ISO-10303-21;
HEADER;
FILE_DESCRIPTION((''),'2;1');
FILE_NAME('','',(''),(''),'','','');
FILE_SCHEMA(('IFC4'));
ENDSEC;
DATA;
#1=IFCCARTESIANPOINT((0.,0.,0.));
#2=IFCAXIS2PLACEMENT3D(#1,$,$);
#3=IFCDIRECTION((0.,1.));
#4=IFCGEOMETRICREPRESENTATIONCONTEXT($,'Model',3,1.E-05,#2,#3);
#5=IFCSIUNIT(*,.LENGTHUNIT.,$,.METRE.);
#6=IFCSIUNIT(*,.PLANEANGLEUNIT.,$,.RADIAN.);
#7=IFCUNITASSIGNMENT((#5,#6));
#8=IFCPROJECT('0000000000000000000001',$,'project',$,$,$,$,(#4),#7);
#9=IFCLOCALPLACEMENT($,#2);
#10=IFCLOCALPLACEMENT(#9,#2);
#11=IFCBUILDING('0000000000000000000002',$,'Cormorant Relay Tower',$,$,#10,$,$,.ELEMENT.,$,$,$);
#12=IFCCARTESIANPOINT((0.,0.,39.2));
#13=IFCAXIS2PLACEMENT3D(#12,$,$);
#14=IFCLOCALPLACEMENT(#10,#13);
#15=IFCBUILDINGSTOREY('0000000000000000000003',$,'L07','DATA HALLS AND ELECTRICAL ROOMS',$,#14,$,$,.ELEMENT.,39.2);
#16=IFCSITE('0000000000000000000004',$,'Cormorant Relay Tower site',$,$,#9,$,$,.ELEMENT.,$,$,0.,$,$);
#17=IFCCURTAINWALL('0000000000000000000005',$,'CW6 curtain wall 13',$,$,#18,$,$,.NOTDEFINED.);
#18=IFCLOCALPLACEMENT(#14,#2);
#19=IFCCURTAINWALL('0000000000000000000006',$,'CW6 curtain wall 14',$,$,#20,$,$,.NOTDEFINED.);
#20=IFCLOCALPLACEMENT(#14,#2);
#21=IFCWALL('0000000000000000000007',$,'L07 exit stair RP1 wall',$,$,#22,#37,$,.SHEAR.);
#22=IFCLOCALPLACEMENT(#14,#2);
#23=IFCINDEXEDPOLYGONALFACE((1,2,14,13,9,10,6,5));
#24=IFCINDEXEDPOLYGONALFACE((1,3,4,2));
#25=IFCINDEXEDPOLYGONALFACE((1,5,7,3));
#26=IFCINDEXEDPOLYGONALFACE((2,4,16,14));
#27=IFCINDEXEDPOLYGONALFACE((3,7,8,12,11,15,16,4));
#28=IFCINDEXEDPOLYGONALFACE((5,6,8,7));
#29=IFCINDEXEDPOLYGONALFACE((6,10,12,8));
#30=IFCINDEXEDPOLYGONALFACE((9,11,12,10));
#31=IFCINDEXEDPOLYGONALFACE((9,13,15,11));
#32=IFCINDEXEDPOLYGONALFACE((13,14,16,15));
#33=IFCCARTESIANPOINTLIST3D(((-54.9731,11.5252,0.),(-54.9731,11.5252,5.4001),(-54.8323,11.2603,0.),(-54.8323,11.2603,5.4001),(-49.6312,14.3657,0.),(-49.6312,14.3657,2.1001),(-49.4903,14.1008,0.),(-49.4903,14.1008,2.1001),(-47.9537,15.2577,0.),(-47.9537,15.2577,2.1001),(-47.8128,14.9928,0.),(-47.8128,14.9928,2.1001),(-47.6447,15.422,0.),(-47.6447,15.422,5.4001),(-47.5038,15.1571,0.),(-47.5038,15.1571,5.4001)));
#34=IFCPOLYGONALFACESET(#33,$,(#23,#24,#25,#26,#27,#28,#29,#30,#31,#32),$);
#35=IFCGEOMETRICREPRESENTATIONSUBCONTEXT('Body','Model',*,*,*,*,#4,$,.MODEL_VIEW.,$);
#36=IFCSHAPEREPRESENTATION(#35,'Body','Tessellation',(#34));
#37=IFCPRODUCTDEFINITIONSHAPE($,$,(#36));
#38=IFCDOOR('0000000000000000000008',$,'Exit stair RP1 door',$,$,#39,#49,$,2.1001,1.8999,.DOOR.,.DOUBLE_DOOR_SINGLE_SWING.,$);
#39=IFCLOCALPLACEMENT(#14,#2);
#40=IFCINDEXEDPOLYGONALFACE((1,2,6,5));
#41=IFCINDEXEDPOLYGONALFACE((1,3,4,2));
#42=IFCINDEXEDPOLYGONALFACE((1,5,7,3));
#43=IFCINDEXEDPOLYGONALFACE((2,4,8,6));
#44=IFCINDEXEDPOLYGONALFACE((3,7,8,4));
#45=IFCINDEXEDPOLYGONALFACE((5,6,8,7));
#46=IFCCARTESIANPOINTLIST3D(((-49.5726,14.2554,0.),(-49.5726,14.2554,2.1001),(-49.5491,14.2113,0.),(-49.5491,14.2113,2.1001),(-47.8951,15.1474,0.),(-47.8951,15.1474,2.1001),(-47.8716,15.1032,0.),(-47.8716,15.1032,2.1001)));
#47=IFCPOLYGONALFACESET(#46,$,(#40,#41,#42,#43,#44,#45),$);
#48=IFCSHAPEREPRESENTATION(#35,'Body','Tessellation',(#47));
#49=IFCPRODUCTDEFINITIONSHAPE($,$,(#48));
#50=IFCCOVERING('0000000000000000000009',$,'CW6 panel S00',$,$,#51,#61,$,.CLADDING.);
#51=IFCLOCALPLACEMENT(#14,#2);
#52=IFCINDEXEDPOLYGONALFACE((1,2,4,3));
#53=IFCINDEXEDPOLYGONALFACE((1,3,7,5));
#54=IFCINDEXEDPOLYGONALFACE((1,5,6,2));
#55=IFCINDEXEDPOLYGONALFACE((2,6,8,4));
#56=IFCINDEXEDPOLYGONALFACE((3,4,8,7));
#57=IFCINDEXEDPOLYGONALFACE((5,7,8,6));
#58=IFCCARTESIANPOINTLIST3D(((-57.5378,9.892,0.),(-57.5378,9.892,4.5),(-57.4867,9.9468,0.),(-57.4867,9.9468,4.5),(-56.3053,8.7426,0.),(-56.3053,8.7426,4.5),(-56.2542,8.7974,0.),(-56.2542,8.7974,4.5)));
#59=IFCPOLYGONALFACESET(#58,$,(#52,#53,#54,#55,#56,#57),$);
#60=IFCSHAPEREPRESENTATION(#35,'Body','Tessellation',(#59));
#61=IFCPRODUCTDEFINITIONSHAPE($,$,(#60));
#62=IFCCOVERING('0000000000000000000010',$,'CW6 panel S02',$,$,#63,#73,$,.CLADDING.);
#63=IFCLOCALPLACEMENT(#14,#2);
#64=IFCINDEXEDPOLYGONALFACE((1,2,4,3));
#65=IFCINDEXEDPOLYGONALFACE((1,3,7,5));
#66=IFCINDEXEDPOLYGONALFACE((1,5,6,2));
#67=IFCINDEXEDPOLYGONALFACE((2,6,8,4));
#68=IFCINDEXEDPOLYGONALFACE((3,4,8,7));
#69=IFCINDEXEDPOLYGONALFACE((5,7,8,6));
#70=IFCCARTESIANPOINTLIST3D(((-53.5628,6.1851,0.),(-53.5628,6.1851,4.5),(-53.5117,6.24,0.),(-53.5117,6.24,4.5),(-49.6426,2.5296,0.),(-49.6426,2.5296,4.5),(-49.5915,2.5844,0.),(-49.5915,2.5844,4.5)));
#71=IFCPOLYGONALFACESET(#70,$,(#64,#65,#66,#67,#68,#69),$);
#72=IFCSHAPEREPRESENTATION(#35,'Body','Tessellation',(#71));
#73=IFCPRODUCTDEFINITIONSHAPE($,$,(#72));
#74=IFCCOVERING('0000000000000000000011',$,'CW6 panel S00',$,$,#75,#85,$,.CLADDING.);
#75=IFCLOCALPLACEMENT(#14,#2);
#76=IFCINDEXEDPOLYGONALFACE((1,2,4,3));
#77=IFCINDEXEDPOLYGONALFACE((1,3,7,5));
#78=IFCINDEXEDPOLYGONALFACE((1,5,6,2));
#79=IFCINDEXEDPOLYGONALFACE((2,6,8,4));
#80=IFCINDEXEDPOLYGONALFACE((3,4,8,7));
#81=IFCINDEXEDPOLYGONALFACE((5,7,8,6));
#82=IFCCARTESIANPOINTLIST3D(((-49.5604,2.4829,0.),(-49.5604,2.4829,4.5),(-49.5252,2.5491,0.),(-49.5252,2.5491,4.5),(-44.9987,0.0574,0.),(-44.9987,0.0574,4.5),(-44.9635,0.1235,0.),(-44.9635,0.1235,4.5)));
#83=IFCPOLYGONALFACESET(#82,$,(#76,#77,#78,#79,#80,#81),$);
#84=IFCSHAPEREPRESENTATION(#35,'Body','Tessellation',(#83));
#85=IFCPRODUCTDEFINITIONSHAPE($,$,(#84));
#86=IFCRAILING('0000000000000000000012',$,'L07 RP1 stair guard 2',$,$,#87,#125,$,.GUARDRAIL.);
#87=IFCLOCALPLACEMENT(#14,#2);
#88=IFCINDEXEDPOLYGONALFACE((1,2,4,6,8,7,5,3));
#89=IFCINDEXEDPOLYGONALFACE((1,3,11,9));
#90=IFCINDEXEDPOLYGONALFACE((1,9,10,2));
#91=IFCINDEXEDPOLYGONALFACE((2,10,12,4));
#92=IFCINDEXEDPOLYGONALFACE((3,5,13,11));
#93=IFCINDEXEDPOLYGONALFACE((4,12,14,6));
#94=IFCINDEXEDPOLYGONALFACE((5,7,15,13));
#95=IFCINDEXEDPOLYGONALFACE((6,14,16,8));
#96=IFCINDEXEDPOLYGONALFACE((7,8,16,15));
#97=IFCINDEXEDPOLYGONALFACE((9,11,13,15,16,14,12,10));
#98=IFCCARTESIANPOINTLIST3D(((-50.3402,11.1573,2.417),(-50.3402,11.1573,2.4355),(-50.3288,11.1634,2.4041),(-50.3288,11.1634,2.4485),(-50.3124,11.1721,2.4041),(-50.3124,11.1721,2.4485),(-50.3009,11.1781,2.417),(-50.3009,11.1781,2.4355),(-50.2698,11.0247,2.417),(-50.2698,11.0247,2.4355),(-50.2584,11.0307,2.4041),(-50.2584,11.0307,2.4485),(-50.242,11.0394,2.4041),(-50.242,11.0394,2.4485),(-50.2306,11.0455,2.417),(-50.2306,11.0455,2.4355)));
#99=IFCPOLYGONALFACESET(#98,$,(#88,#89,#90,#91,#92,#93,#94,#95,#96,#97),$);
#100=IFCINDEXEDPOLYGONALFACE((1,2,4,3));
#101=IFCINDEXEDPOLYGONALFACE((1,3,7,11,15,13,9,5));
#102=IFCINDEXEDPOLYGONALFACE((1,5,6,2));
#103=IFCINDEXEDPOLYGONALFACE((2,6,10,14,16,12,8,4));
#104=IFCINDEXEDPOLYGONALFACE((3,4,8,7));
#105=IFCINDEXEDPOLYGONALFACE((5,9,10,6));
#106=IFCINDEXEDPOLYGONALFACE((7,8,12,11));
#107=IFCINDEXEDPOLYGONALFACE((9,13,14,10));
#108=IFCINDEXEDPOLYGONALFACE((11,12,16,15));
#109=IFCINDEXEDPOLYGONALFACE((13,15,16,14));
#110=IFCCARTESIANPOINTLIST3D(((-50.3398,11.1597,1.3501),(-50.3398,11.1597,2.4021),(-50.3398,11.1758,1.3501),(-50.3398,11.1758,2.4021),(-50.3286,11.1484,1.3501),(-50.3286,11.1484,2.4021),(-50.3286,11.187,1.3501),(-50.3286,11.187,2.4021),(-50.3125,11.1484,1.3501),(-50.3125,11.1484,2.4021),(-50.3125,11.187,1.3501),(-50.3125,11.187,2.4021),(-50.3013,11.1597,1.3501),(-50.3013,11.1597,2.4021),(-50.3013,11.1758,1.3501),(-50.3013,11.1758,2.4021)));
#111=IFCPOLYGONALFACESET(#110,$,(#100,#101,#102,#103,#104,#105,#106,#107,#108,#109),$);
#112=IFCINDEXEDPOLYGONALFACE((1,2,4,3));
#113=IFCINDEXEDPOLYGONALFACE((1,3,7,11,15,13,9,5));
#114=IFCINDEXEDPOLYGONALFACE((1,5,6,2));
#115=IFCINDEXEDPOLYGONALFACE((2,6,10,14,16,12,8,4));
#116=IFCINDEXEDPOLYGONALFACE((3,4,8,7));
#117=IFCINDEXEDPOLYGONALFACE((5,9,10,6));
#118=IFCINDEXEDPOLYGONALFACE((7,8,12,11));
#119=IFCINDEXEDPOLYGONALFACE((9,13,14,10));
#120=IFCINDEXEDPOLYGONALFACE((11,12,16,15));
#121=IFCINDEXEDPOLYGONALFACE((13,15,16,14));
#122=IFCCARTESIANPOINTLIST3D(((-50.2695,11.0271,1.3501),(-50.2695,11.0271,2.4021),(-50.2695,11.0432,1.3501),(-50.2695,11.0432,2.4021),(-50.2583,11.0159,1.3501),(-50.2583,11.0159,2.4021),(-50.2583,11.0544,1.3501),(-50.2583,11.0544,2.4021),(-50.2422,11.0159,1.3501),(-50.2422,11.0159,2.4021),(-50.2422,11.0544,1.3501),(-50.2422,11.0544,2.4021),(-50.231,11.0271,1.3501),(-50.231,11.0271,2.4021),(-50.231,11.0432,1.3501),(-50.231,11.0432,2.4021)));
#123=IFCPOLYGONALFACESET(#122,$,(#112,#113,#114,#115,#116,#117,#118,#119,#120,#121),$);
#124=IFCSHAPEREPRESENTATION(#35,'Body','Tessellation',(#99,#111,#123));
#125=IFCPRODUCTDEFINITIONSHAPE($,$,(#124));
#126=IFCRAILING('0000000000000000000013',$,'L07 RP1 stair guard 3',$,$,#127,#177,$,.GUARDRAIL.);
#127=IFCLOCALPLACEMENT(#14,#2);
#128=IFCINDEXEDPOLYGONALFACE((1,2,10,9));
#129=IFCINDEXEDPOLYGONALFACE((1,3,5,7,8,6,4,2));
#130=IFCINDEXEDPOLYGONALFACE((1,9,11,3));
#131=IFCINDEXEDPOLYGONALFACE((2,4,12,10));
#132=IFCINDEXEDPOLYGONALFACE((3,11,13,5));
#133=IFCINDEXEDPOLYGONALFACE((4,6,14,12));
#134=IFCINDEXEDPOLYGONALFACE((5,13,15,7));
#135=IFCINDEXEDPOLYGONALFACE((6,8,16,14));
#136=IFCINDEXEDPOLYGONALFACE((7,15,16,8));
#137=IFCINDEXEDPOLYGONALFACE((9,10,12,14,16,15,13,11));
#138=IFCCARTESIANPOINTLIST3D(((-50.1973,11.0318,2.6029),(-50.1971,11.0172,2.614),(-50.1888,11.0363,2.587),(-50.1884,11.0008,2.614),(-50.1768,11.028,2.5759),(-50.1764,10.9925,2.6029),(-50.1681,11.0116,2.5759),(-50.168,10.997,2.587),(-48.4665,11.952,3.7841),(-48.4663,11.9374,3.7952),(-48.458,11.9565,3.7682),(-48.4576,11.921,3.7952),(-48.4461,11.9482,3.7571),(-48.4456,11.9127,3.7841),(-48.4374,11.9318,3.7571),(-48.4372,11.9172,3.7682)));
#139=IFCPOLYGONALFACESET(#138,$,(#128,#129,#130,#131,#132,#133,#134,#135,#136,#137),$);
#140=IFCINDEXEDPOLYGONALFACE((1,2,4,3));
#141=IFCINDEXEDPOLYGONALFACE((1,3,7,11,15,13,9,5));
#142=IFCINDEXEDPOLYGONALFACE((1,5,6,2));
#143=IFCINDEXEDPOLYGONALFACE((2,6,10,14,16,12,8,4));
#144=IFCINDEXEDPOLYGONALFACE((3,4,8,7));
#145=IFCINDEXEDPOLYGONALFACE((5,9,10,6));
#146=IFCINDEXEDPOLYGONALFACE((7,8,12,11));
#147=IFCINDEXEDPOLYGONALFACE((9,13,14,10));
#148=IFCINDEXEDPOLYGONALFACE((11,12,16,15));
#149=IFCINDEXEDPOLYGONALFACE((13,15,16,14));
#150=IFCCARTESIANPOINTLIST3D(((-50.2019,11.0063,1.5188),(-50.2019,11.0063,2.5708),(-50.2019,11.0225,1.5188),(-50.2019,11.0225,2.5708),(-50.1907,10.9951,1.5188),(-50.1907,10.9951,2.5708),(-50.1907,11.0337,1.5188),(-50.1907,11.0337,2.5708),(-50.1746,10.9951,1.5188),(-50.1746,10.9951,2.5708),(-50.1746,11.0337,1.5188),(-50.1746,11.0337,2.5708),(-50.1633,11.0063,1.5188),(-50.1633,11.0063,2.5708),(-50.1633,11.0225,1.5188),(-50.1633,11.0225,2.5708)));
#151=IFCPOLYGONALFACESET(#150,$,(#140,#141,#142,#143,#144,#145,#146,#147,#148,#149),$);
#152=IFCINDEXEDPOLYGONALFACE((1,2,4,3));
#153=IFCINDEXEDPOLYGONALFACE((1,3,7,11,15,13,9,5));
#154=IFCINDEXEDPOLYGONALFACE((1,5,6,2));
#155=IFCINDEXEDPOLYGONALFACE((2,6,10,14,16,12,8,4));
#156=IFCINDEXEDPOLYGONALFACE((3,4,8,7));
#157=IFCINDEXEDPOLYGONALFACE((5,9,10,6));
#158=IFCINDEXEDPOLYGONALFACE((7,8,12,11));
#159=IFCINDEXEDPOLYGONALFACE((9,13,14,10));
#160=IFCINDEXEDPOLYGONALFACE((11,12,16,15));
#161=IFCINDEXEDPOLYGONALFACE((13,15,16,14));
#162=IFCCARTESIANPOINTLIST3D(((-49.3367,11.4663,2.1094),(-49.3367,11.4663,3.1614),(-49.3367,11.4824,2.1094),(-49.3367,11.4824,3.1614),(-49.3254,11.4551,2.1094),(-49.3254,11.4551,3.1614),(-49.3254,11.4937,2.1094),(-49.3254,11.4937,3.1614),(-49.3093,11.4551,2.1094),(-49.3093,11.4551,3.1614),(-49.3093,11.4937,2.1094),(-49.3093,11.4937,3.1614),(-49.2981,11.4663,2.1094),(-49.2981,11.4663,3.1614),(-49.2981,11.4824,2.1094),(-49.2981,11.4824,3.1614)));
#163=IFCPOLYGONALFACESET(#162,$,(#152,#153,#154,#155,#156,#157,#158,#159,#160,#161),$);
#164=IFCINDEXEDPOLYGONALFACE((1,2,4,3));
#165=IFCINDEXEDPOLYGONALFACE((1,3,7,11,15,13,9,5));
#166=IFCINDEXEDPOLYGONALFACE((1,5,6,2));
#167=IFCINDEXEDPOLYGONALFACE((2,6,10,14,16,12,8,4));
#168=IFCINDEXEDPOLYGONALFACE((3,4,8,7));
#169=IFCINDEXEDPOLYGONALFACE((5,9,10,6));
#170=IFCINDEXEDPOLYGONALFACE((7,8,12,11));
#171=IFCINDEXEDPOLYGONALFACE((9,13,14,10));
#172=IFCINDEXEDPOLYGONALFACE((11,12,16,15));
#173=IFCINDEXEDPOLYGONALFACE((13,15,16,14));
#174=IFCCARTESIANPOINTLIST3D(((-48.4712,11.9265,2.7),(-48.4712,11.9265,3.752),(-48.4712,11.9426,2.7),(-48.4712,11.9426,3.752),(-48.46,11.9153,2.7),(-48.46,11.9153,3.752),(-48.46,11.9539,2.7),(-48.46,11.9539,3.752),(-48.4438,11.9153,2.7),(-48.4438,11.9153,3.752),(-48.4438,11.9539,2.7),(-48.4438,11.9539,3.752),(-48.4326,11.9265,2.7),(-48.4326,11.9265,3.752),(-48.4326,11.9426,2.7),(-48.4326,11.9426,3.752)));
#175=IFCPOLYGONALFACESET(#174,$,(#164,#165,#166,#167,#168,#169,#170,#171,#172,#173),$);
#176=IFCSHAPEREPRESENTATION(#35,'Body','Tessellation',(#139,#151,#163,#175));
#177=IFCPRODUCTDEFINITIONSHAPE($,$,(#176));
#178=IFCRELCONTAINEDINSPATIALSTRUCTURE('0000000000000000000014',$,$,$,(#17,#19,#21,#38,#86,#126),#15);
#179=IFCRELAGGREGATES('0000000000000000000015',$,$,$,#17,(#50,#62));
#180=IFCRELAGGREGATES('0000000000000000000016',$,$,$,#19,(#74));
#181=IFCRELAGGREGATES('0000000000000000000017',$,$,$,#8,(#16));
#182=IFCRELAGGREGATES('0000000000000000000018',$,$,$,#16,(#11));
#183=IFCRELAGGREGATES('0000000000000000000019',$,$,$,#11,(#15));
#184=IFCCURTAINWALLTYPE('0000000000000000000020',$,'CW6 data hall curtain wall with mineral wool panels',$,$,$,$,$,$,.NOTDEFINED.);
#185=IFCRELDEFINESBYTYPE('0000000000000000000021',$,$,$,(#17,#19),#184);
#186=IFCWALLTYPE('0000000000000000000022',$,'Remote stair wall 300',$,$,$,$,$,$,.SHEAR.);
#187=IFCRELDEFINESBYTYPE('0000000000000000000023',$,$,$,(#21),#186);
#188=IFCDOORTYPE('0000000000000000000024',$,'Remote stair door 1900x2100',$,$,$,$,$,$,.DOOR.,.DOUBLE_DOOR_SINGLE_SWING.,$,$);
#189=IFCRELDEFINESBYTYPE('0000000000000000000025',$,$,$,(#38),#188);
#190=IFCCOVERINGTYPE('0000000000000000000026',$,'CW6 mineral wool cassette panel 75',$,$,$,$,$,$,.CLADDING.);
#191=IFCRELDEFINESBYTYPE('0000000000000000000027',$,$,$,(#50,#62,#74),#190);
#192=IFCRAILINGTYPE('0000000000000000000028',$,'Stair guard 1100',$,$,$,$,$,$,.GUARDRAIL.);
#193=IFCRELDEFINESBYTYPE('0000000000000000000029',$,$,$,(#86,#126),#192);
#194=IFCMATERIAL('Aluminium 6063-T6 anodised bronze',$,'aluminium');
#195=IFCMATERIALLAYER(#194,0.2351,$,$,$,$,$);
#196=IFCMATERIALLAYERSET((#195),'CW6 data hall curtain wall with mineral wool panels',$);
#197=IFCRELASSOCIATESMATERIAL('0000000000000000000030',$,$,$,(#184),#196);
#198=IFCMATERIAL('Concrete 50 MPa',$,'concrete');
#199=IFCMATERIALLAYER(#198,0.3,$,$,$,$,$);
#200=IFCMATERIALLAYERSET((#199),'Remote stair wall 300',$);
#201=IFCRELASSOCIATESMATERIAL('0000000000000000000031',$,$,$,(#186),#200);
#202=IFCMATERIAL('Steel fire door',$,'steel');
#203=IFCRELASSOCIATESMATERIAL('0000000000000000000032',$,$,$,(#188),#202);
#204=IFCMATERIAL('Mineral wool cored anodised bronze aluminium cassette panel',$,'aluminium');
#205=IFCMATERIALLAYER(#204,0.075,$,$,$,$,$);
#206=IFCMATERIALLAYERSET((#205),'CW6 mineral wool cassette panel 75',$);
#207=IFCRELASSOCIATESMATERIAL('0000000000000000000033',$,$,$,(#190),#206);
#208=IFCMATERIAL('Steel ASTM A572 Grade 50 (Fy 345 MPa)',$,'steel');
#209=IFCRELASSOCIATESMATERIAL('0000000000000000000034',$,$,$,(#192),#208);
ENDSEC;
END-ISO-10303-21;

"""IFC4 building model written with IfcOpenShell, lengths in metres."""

from ifc_helpers import new_model, si_unit, direction, frame, frame_2d, origin, origin_2d, place, context, subcontext, project, spatial, polyline, rectangle, outline, extrude, material, layer, layer_set, type_object, element, fill, aggregate, save


model = new_model("IFC4")

# Units and contexts
model_context = context("Model", 3, precision=1e-05, world=origin(), true_north=direction((0.0, 1.0)))
body_context = subcontext(model_context, "Body", "Model", "MODEL_VIEW")
ifc_project = project(units=[si_unit("LENGTHUNIT", "METRE"), si_unit("PLANEANGLEUNIT", "RADIAN")], contexts=[model_context])

# Site, building, storey
site_placement = place(None, origin())
site = spatial("IfcSite", under=ifc_project, at=site_placement, Name="Cormorant Relay Tower site", CompositionType="ELEMENT", RefElevation=0.0)
building_placement = place(site_placement, origin())
building = spatial("IfcBuilding", under=site, at=building_placement, Name="Cormorant Relay Tower", CompositionType="ELEMENT")
storey_placement = place(building_placement, frame((0.0, 0.0, 39.2)))
storey = spatial("IfcBuildingStorey", under=building, at=storey_placement, Name="L07", Description="DATA HALLS AND ELECTRICAL ROOMS", CompositionType="ELEMENT", Elevation=39.2)

# Curtain walls
ifc_material_1 = material(Name="Aluminium 6063-T6 anodised bronze", Category="aluminium")
ifc_layer_1 = layer(ifc_material_1, 0.2351)
ifc_layer_set_1 = layer_set([ifc_layer_1], Name="CW6 data hall curtain wall with mineral wool panels")
curtain_wall_type = type_object("IfcCurtainWallType", Name="CW6 data hall curtain wall with mineral wool panels", PredefinedType="NOTDEFINED", material=ifc_layer_set_1)
curtain_wall_1_placement = place(storey_placement, origin())
curtain_wall_1 = element("IfcCurtainWall", 1, at=curtain_wall_1_placement, inside=storey, type_object=curtain_wall_type, Name="CW6 curtain wall 13", PredefinedType="NOTDEFINED")
curtain_wall_2_placement = place(storey_placement, origin())
curtain_wall_2 = element("IfcCurtainWall", 2, at=curtain_wall_2_placement, inside=storey, type_object=curtain_wall_type, Name="CW6 curtain wall 14", PredefinedType="NOTDEFINED")

# Shared definitions
ifc_material_2 = material(Name="Concrete 50 MPa", Category="concrete")
ifc_layer_2 = layer(ifc_material_2, 0.3)
ifc_layer_set_2 = layer_set([ifc_layer_2], Name="Remote stair wall 300")
wall_type_1 = type_object("IfcWallType", Name="Remote stair wall 300", PredefinedType="SHEAR", material=ifc_layer_set_2)

# Wall, opening, door
wall_1_placement = place(storey_placement, frame((-54.9026, 11.3928, 0.0), z_axis=(0.0, 0.0, 1.0), x_axis=(0.882939, 0.469487, 0.0)))
wall_1 = element("IfcWall", 3, at=wall_1_placement, inside=storey, type_object=wall_type_1, Name="L07 exit stair RP1 wall", PredefinedType="SHEAR", context=body_context, shape_type="SweptSolid", body=[
    extrude(rectangle(XDim=8.3, YDim=0.3, at=frame_2d((4.1499, 0.0))), origin(), (0.0, 0.0, 1.0), 5.4001),
])
opening_1_placement = place(wall_1_placement, frame((6.05, 0.0, 0.0)))
opening_1 = element("IfcOpeningElement", 4, at=opening_1_placement, cuts=wall_1, PredefinedType="OPENING", context=body_context, shape_type="SweptSolid", body=[
    extrude(rectangle(XDim=1.8999, YDim=2.1001, at=frame_2d((0.95, 1.05))), frame((0.0, 0.1599, 0.0), z_axis=(0.0, -1.0, 0.0), x_axis=(1.0, 0.0, 0.0)), (0.0, 0.0, 1.0), 0.3201),
])
ifc_material_3 = material(Name="Steel fire door", Category="steel")
door_type_1 = type_object("IfcDoorType", Name="Remote stair door 1900x2100", OperationType="DOUBLE_DOOR_SINGLE_SWING", PredefinedType="DOOR", material=ifc_material_3)
door_1_placement = place(opening_1_placement, frame((1.8999, 0.0, 0.0), z_axis=(0.0, 0.0, 1.0), x_axis=(-1.0, 0.0, 0.0)))
door_1 = element("IfcDoor", 5, at=door_1_placement, inside=storey, type_object=door_type_1, Name="Exit stair RP1 door", OperationType="DOUBLE_DOOR_SINGLE_SWING", OverallHeight=2.1001, OverallWidth=1.8999, PredefinedType="DOOR", context=body_context, shape_type="SweptSolid", body=[
    extrude(rectangle(XDim=1.8999, YDim=2.1001, at=frame_2d((0.95, 1.05))), frame((0.0, 0.0249, 0.0), z_axis=(0.0, -1.0, 0.0), x_axis=(1.0, 0.0, 0.0)), (0.0, 0.0, 1.0), 0.05),
])
fill(opening_1, door_1)

# Coverings
ifc_material_4 = material(Name="Mineral wool cored anodised bronze aluminium cassette panel", Category="aluminium")
ifc_layer_3 = layer(ifc_material_4, 0.075)
ifc_layer_set_3 = layer_set([ifc_layer_3], Name="CW6 mineral wool cassette panel 75")
covering_type = type_object("IfcCoveringType", Name="CW6 mineral wool cassette panel 75", PredefinedType="CLADDING", material=ifc_layer_set_3)
covering_1_placement = place(storey_placement, frame((-56.896, 9.3447, 0.0), z_axis=(0.0, 0.0, 1.0), x_axis=(0.731354, -0.681998, 0.0)))
covering_1 = element("IfcCovering", 6, at=covering_1_placement, type_object=covering_type, Name="CW6 panel S00", PredefinedType="CLADDING", context=body_context, shape_type="SweptSolid", body=[
    extrude(rectangle(XDim=1.6853, YDim=0.075, at=origin_2d()), origin(), (0.0, 0.0, 1.0), 4.5),
])
covering_2_placement = place(storey_placement, frame((-51.5771, 4.3848, 0.0), z_axis=(0.0, 0.0, 1.0), x_axis=(0.731354, -0.681998, 0.0)))
covering_2 = element("IfcCovering", 7, at=covering_2_placement, type_object=covering_type, Name="CW6 panel S02", PredefinedType="CLADDING", context=body_context, shape_type="SweptSolid", body=[
    extrude(rectangle(XDim=5.3601, YDim=0.075, at=origin_2d()), origin(), (0.0, 0.0, 1.0), 4.5),
])
aggregate(curtain_wall_1, [covering_1, covering_2])
covering_3_placement = place(storey_placement, frame((-47.262, 1.3032, 0.0), z_axis=(0.0, 0.0, 1.0), x_axis=(0.882948, -0.469472, 0.0)))
covering_3 = element("IfcCovering", 8, at=covering_3_placement, type_object=covering_type, Name="CW6 panel S00", PredefinedType="CLADDING", context=body_context, shape_type="SweptSolid", body=[
    extrude(rectangle(XDim=5.1665, YDim=0.075, at=origin_2d()), origin(), (0.0, 0.0, 1.0), 4.5),
])
aggregate(curtain_wall_2, [covering_3])

# Railings
ifc_material_5 = material(Name="Steel ASTM A572 Grade 50 (Fy 345 MPa)", Category="steel")
railing_type_1 = type_object("IfcRailingType", Name="Stair guard 1100", PredefinedType="GUARDRAIL", material=ifc_material_5)
railing_1_placement = place(storey_placement, frame((-50.3206, 11.1677, 1.3501)))
element("IfcRailing", 9, at=railing_1_placement, inside=storey, type_object=railing_type_1, Name="L07 RP1 stair guard 2", PredefinedType="GUARDRAIL", context=body_context, shape_type="SweptSolid", body=[
    extrude(outline(polyline([(0.0222, 0.0093), (0.0093, 0.0222), (-0.0093, 0.0222), (-0.0222, 0.0093), (-0.0222, -0.0093), (-0.0093, -0.0222), (0.0093, -0.0222), (0.0222, -0.0093), (0.0222, 0.0093)])), frame((0.0, 0.0, 1.0762), z_axis=(0.46856, -0.883431, 0.0), x_axis=(0.883431, 0.46856, 0.0)), (0.0, 0.0, 1.0), 0.1501),
    extrude(outline(polyline([(0.0193, 0.0081), (0.0081, 0.0193), (-0.0081, 0.0193), (-0.0193, 0.0081), (-0.0193, -0.0081), (-0.0081, -0.0193), (0.0081, -0.0193), (0.0193, -0.0081), (0.0193, 0.0081)])), origin(), (0.0, 0.0, 1.0), 1.052),
    extrude(outline(polyline([(0.0193, 0.0081), (0.0081, 0.0193), (-0.0081, 0.0193), (-0.0193, 0.0081), (-0.0193, -0.0081), (-0.0081, -0.0193), (0.0081, -0.0193), (0.0193, -0.0081), (0.0193, 0.0081)])), frame((0.0703, -0.1326, 0.0)), (0.0, 0.0, 1.0), 1.052),
])
railing_2_placement = place(storey_placement, frame((-50.1826, 11.0144, 1.5188)))
element("IfcRailing", 10, at=railing_2_placement, inside=storey, type_object=railing_type_1, Name="L07 RP1 stair guard 3", PredefinedType="GUARDRAIL", context=body_context, shape_type="SweptSolid", body=[
    extrude(outline(polyline([(0.0222, 0.0093), (0.0093, 0.0222), (-0.0093, 0.0222), (-0.0222, 0.0093), (-0.0222, -0.0093), (-0.0093, -0.0222), (0.0093, -0.0222), (0.0222, -0.0093), (0.0222, 0.0093)])), frame((0.0, 0.0, 1.0762), z_axis=(0.756268, 0.402084, 0.516127), x_axis=(-0.469444, 0.882962, 0.0)), (0.0, 0.0, 1.0), 2.2886),
    extrude(outline(polyline([(0.0193, 0.0081), (0.0081, 0.0193), (-0.0081, 0.0193), (-0.0193, 0.0081), (-0.0193, -0.0081), (-0.0081, -0.0193), (0.0081, -0.0193), (0.0193, -0.0081), (0.0193, 0.0081)])), origin(), (0.0, 0.0, 1.0), 1.052),
    extrude(outline(polyline([(0.0193, 0.0081), (0.0081, 0.0193), (-0.0081, 0.0193), (-0.0193, 0.0081), (-0.0193, -0.0081), (-0.0081, -0.0193), (0.0081, -0.0193), (0.0193, -0.0081), (0.0193, 0.0081)])), frame((0.8652, 0.46, 0.5906)), (0.0, 0.0, 1.0), 1.052),
    extrude(outline(polyline([(0.0193, 0.0081), (0.0081, 0.0193), (-0.0081, 0.0193), (-0.0193, 0.0081), (-0.0193, -0.0081), (-0.0081, -0.0193), (0.0081, -0.0193), (0.0193, -0.0081), (0.0193, 0.0081)])), frame((1.7307, 0.9202, 1.1812)), (0.0, 0.0, 1.0), 1.052),
])

save(model, "model.ifc")
